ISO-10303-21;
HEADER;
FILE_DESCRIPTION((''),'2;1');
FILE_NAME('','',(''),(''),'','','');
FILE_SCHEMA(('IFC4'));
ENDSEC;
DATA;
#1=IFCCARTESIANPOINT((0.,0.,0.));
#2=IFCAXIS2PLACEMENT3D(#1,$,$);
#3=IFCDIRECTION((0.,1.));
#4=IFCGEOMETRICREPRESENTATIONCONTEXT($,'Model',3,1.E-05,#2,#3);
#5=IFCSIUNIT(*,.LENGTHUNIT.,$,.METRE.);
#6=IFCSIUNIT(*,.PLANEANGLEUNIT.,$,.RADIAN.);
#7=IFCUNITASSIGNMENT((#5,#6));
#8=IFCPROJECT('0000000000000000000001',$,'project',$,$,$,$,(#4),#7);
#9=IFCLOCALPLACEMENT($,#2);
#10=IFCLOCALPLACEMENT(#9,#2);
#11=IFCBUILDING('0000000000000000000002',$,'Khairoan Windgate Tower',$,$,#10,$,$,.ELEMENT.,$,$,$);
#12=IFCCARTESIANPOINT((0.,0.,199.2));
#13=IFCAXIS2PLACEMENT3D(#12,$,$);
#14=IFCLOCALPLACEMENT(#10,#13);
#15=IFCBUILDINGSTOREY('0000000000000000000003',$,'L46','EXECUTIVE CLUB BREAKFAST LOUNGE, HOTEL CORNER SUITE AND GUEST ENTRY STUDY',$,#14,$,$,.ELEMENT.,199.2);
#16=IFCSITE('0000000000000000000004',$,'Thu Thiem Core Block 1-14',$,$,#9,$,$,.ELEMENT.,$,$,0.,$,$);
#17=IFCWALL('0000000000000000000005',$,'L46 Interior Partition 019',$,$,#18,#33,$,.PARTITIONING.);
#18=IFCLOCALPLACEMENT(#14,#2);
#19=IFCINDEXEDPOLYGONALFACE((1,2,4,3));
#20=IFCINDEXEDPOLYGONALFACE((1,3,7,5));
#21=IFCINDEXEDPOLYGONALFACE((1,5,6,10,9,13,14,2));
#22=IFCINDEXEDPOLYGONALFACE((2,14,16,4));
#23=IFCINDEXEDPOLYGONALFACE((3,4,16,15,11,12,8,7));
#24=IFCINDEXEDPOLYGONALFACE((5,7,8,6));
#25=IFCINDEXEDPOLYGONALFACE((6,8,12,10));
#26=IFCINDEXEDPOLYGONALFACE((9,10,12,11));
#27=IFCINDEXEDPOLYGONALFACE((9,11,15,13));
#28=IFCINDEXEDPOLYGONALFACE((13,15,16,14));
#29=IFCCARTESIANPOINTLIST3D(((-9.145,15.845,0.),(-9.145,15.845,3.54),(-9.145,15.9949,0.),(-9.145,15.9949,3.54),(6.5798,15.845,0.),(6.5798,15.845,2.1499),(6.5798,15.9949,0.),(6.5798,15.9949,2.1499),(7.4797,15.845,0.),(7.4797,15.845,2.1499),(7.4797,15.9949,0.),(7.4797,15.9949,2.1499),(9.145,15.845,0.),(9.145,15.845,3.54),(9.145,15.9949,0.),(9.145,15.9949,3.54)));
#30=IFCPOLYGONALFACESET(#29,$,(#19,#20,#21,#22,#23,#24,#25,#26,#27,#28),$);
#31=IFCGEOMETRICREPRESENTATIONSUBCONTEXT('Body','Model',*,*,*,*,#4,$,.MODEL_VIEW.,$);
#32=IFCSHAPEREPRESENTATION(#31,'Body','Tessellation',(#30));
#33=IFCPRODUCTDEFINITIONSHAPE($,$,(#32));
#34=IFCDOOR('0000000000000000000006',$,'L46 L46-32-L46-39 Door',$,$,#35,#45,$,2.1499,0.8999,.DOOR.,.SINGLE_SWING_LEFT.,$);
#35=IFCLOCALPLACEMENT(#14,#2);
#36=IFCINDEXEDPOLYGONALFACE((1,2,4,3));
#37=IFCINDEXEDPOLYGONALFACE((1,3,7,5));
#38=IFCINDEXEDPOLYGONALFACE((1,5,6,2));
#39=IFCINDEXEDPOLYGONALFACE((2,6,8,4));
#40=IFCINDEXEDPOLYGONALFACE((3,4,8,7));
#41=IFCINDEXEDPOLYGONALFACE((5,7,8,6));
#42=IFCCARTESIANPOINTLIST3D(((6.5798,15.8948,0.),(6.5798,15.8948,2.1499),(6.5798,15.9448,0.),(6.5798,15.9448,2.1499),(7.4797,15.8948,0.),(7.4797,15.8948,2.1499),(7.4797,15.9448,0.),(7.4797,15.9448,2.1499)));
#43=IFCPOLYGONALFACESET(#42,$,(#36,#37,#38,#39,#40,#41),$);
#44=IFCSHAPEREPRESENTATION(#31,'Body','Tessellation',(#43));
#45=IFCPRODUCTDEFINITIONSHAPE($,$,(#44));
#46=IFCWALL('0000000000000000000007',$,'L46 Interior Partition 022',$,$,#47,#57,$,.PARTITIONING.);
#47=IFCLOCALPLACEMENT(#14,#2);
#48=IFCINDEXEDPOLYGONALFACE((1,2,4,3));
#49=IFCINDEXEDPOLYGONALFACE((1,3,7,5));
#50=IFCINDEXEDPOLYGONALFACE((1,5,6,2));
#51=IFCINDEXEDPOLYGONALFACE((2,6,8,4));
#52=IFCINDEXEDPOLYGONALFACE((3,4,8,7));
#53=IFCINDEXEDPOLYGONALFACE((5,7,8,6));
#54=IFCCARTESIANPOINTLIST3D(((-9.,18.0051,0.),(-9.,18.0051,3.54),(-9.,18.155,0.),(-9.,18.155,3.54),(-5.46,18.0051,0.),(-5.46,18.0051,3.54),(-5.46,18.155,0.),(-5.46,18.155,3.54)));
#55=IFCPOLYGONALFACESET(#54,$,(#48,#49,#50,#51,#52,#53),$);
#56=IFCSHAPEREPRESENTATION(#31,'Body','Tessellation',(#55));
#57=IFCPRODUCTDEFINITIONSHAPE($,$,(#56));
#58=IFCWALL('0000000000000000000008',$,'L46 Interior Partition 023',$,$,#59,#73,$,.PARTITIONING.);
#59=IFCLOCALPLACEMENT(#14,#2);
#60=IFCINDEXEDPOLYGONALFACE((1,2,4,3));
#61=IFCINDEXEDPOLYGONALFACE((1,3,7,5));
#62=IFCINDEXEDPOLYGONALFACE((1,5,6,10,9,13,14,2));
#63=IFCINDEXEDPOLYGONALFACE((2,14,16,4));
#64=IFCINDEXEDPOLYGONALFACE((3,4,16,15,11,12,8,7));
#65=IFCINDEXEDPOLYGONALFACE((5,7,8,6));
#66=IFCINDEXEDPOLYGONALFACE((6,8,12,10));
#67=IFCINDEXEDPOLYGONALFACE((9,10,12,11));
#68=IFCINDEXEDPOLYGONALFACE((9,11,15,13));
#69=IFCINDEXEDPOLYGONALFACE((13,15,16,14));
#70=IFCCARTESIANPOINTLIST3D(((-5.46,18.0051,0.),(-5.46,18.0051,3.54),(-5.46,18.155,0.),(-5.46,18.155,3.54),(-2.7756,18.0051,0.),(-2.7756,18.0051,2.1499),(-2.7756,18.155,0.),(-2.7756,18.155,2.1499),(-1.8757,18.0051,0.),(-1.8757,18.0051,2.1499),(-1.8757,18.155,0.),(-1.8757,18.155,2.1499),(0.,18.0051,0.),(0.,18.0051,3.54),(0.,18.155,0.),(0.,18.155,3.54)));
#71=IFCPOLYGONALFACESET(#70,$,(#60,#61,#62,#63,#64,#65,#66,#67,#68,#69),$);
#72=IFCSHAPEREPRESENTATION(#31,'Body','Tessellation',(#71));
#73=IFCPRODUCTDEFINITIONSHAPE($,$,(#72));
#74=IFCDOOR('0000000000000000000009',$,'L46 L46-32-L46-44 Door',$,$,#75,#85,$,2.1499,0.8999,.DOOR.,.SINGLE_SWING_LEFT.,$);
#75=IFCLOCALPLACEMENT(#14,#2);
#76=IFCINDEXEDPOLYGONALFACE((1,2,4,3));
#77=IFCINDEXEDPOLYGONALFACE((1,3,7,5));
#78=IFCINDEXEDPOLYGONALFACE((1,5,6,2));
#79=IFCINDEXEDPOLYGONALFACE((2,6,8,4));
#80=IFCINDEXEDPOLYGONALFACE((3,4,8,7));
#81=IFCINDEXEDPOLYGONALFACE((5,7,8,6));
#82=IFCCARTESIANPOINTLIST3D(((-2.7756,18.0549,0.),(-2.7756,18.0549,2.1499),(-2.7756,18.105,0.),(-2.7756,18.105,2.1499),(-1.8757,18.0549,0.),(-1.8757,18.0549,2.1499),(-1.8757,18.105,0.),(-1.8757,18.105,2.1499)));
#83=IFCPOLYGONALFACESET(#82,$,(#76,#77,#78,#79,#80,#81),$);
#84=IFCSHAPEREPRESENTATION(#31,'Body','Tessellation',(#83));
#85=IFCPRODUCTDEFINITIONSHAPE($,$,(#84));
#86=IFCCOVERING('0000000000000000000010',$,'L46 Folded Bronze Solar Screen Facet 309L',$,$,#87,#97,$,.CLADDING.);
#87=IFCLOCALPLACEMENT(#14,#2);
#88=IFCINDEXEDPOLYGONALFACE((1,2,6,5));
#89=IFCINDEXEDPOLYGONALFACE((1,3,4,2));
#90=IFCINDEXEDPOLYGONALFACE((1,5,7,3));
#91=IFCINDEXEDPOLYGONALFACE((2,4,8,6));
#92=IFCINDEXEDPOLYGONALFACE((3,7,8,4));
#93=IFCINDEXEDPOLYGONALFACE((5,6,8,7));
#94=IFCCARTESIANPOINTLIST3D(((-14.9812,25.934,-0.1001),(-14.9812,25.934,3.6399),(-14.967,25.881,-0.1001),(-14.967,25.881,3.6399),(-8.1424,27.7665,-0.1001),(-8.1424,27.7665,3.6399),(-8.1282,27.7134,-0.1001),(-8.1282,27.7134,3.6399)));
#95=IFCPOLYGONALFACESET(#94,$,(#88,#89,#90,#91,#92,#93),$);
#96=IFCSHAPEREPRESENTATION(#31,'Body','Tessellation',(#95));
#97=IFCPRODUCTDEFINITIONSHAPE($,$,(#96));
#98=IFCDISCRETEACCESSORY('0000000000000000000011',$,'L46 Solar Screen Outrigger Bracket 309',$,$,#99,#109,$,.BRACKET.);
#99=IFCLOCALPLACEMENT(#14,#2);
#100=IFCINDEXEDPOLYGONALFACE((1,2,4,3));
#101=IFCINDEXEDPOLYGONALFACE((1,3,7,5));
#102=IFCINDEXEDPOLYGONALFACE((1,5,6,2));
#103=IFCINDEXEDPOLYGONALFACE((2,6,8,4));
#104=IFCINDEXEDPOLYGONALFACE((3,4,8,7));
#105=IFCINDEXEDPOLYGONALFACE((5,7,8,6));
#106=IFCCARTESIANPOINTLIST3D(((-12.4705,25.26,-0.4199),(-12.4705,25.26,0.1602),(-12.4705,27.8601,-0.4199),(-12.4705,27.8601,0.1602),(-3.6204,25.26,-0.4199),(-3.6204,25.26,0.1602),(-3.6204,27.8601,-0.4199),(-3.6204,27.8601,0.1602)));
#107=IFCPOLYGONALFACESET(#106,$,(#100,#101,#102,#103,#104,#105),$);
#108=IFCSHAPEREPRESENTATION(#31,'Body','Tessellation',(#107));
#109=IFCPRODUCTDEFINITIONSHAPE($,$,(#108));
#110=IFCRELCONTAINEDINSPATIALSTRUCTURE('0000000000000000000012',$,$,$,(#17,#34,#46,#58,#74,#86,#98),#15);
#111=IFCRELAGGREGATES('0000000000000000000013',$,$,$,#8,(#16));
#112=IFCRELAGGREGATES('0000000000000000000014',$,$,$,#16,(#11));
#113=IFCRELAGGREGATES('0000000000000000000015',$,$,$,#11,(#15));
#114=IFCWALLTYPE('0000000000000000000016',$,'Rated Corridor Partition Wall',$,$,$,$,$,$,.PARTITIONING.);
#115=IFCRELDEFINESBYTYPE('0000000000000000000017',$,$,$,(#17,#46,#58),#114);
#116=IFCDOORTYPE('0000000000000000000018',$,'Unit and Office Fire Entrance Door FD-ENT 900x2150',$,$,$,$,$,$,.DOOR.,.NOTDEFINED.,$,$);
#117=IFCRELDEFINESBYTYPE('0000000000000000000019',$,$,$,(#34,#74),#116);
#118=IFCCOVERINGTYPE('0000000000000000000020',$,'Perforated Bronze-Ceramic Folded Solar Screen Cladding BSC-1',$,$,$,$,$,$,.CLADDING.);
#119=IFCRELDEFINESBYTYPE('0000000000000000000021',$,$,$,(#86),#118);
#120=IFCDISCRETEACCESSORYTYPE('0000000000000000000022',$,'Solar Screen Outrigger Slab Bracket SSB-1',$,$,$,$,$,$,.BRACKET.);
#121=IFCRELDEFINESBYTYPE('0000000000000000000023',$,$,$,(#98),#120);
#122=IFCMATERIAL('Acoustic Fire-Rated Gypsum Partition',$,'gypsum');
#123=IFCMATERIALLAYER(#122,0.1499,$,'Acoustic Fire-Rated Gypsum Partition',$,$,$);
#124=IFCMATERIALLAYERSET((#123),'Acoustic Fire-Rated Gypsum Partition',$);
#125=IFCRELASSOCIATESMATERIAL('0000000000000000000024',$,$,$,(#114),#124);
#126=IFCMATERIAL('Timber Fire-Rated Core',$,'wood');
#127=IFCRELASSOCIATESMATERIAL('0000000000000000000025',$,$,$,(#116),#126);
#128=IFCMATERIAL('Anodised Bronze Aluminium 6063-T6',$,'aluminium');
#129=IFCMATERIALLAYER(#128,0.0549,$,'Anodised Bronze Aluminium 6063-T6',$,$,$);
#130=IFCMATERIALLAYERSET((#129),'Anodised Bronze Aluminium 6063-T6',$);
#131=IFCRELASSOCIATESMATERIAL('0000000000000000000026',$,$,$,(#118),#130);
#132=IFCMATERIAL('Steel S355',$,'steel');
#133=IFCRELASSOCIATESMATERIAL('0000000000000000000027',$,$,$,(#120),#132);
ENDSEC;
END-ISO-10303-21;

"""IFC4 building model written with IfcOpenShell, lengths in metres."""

from ifc_helpers import new_model, si_unit, direction, frame, frame_2d, origin, origin_2d, place, context, subcontext, project, spatial, rectangle, extrude, material, layer, layer_set, type_object, element, fill, save


model = new_model("IFC4")

# Units and contexts
model_context = context("Model", 3, precision=1e-05, world=origin(), true_north=direction((0.0, 1.0)))
body_context = subcontext(model_context, "Body", "Model", "MODEL_VIEW")
ifc_project = project(units=[si_unit("LENGTHUNIT", "METRE"), si_unit("PLANEANGLEUNIT", "RADIAN")], contexts=[model_context])

# Site, building, storey
site_placement = place(None, origin())
site = spatial("IfcSite", under=ifc_project, at=site_placement, Name="Thu Thiem Core Block 1-14", CompositionType="ELEMENT", RefElevation=0.0)
building_placement = place(site_placement, origin())
building = spatial("IfcBuilding", under=site, at=building_placement, Name="Khairoan Windgate Tower", CompositionType="ELEMENT")
storey_placement = place(building_placement, frame((0.0, 0.0, 199.2)))
storey = spatial("IfcBuildingStorey", under=building, at=storey_placement, Name="L46", Description="EXECUTIVE CLUB BREAKFAST LOUNGE, HOTEL CORNER SUITE AND GUEST ENTRY STUDY", CompositionType="ELEMENT", Elevation=199.2)

# Wall, opening, door
ifc_material_1 = material(Name="Acoustic Fire-Rated Gypsum Partition", Category="gypsum")
ifc_layer_1 = layer(ifc_material_1, 0.1499, Name="Acoustic Fire-Rated Gypsum Partition")
ifc_layer_set_1 = layer_set([ifc_layer_1], Name="Acoustic Fire-Rated Gypsum Partition")
wall_type_1 = type_object("IfcWallType", Name="Rated Corridor Partition Wall", PredefinedType="PARTITIONING", material=ifc_layer_set_1)
wall_1_placement = place(storey_placement, frame((-9.145, 15.9199, 0.0), z_axis=(0.0, 0.0, 1.0), x_axis=(1.0, 0.0, 0.0)))
wall_1 = element("IfcWall", 1, at=wall_1_placement, inside=storey, type_object=wall_type_1, Name="L46 Interior Partition 019", PredefinedType="PARTITIONING", context=body_context, shape_type="SweptSolid", body=[
    extrude(rectangle(XDim=18.29, YDim=0.1499, at=frame_2d((9.145, 0.0))), origin(), (0.0, 0.0, 1.0), 3.54),
])
opening_1_placement = place(wall_1_placement, frame((15.7249, 0.0, 0.0)))
opening_1 = element("IfcOpeningElement", 2, at=opening_1_placement, cuts=wall_1, PredefinedType="OPENING", context=body_context, shape_type="SweptSolid", body=[
    extrude(rectangle(XDim=0.8999, YDim=2.1499, at=frame_2d((0.45, 1.075))), frame((0.0, 0.085, 0.0), z_axis=(0.0, -1.0, 0.0), x_axis=(1.0, 0.0, 0.0)), (0.0, 0.0, 1.0), 0.1699),
])
ifc_material_2 = material(Name="Timber Fire-Rated Core", Category="wood")
door_type_1 = type_object("IfcDoorType", Name="Unit and Office Fire Entrance Door FD-ENT 900x2150", OperationType="NOTDEFINED", PredefinedType="DOOR", material=ifc_material_2)
door_1_placement = place(opening_1_placement, origin())
door_1 = element("IfcDoor", 3, at=door_1_placement, inside=storey, type_object=door_type_1, Name="L46 L46-32-L46-39 Door", OperationType="SINGLE_SWING_LEFT", OverallHeight=2.1499, OverallWidth=0.8999, PredefinedType="DOOR", context=body_context, shape_type="SweptSolid", body=[
    extrude(rectangle(XDim=0.8999, YDim=2.1499, at=frame_2d((0.45, 1.075))), frame((0.0, 0.0249, 0.0), z_axis=(0.0, -1.0, 0.0), x_axis=(1.0, 0.0, 0.0)), (0.0, 0.0, 1.0), 0.05),
])
fill(opening_1, door_1)

# Wall
wall_2_placement = place(storey_placement, frame((-9.0, 18.0801, 0.0), z_axis=(0.0, 0.0, 1.0), x_axis=(1.0, 0.0, 0.0)))
element("IfcWall", 4, at=wall_2_placement, inside=storey, type_object=wall_type_1, Name="L46 Interior Partition 022", PredefinedType="PARTITIONING", context=body_context, shape_type="SweptSolid", body=[
    extrude(rectangle(XDim=3.54, YDim=0.1499, at=frame_2d((1.77, 0.0))), origin(), (0.0, 0.0, 1.0), 3.54),
])

# Wall, opening, door
wall_3_placement = place(storey_placement, frame((-5.46, 18.0801, 0.0), z_axis=(0.0, 0.0, 1.0), x_axis=(1.0, 0.0, 0.0)))
wall_3 = element("IfcWall", 5, at=wall_3_placement, inside=storey, type_object=wall_type_1, Name="L46 Interior Partition 023", PredefinedType="PARTITIONING", context=body_context, shape_type="SweptSolid", body=[
    extrude(rectangle(XDim=5.46, YDim=0.1499, at=frame_2d((2.73, 0.0))), origin(), (0.0, 0.0, 1.0), 3.54),
])
opening_2_placement = place(wall_3_placement, frame((2.6843, 0.0, 0.0)))
opening_2 = element("IfcOpeningElement", 6, at=opening_2_placement, cuts=wall_3, PredefinedType="OPENING", context=body_context, shape_type="SweptSolid", body=[
    extrude(rectangle(XDim=0.8999, YDim=2.1499, at=frame_2d((0.45, 1.075))), frame((0.0, 0.085, 0.0), z_axis=(0.0, -1.0, 0.0), x_axis=(1.0, 0.0, 0.0)), (0.0, 0.0, 1.0), 0.1699),
])
door_2_placement = place(opening_2_placement, origin())
door_2 = element("IfcDoor", 7, at=door_2_placement, inside=storey, type_object=door_type_1, Name="L46 L46-32-L46-44 Door", OperationType="SINGLE_SWING_LEFT", OverallHeight=2.1499, OverallWidth=0.8999, PredefinedType="DOOR", context=body_context, shape_type="SweptSolid", body=[
    extrude(rectangle(XDim=0.8999, YDim=2.1499, at=frame_2d((0.45, 1.075))), frame((0.0, 0.0249, 0.0), z_axis=(0.0, -1.0, 0.0), x_axis=(1.0, 0.0, 0.0)), (0.0, 0.0, 1.0), 0.05),
])
fill(opening_2, door_2)

# Covering
ifc_material_3 = material(Name="Anodised Bronze Aluminium 6063-T6", Category="aluminium")
ifc_layer_2 = layer(ifc_material_3, 0.0549, Name="Anodised Bronze Aluminium 6063-T6")
ifc_layer_set_2 = layer_set([ifc_layer_2], Name="Anodised Bronze Aluminium 6063-T6")
covering_type = type_object("IfcCoveringType", Name="Perforated Bronze-Ceramic Folded Solar Screen Cladding BSC-1", PredefinedType="CLADDING", material=ifc_layer_set_2)
covering_placement = place(storey_placement, frame((-11.5547, 26.8237, -0.1001), z_axis=(0.0, 0.0, 1.0), x_axis=(0.965926, 0.258819, 0.0)))
element("IfcCovering", 8, at=covering_placement, inside=storey, type_object=covering_type, Name="L46 Folded Bronze Solar Screen Facet 309L", PredefinedType="CLADDING", context=body_context, shape_type="SweptSolid", body=[
    extrude(rectangle(XDim=7.0801, YDim=0.0549, at=origin_2d()), origin(), (0.0, 0.0, 1.0), 3.74),
])

# Discrete accessory
ifc_material_4 = material(Name="Steel S355", Category="steel")
discrete_accessory_type = type_object("IfcDiscreteAccessoryType", Name="Solar Screen Outrigger Slab Bracket SSB-1", PredefinedType="BRACKET", material=ifc_material_4)
discrete_accessory_placement = place(storey_placement, frame((-8.0454, 26.5601, -0.4199), z_axis=(0.0, 0.0, 1.0), x_axis=(1.0, 0.0, 0.0)))
element("IfcDiscreteAccessory", 9, at=discrete_accessory_placement, inside=storey, type_object=discrete_accessory_type, Name="L46 Solar Screen Outrigger Bracket 309", PredefinedType="BRACKET", context=body_context, shape_type="SweptSolid", body=[
    extrude(rectangle(XDim=8.8501, YDim=2.6001, at=origin_2d()), origin(), (0.0, 0.0, 1.0), 0.5801),
])

save(model, "model.ifc")
